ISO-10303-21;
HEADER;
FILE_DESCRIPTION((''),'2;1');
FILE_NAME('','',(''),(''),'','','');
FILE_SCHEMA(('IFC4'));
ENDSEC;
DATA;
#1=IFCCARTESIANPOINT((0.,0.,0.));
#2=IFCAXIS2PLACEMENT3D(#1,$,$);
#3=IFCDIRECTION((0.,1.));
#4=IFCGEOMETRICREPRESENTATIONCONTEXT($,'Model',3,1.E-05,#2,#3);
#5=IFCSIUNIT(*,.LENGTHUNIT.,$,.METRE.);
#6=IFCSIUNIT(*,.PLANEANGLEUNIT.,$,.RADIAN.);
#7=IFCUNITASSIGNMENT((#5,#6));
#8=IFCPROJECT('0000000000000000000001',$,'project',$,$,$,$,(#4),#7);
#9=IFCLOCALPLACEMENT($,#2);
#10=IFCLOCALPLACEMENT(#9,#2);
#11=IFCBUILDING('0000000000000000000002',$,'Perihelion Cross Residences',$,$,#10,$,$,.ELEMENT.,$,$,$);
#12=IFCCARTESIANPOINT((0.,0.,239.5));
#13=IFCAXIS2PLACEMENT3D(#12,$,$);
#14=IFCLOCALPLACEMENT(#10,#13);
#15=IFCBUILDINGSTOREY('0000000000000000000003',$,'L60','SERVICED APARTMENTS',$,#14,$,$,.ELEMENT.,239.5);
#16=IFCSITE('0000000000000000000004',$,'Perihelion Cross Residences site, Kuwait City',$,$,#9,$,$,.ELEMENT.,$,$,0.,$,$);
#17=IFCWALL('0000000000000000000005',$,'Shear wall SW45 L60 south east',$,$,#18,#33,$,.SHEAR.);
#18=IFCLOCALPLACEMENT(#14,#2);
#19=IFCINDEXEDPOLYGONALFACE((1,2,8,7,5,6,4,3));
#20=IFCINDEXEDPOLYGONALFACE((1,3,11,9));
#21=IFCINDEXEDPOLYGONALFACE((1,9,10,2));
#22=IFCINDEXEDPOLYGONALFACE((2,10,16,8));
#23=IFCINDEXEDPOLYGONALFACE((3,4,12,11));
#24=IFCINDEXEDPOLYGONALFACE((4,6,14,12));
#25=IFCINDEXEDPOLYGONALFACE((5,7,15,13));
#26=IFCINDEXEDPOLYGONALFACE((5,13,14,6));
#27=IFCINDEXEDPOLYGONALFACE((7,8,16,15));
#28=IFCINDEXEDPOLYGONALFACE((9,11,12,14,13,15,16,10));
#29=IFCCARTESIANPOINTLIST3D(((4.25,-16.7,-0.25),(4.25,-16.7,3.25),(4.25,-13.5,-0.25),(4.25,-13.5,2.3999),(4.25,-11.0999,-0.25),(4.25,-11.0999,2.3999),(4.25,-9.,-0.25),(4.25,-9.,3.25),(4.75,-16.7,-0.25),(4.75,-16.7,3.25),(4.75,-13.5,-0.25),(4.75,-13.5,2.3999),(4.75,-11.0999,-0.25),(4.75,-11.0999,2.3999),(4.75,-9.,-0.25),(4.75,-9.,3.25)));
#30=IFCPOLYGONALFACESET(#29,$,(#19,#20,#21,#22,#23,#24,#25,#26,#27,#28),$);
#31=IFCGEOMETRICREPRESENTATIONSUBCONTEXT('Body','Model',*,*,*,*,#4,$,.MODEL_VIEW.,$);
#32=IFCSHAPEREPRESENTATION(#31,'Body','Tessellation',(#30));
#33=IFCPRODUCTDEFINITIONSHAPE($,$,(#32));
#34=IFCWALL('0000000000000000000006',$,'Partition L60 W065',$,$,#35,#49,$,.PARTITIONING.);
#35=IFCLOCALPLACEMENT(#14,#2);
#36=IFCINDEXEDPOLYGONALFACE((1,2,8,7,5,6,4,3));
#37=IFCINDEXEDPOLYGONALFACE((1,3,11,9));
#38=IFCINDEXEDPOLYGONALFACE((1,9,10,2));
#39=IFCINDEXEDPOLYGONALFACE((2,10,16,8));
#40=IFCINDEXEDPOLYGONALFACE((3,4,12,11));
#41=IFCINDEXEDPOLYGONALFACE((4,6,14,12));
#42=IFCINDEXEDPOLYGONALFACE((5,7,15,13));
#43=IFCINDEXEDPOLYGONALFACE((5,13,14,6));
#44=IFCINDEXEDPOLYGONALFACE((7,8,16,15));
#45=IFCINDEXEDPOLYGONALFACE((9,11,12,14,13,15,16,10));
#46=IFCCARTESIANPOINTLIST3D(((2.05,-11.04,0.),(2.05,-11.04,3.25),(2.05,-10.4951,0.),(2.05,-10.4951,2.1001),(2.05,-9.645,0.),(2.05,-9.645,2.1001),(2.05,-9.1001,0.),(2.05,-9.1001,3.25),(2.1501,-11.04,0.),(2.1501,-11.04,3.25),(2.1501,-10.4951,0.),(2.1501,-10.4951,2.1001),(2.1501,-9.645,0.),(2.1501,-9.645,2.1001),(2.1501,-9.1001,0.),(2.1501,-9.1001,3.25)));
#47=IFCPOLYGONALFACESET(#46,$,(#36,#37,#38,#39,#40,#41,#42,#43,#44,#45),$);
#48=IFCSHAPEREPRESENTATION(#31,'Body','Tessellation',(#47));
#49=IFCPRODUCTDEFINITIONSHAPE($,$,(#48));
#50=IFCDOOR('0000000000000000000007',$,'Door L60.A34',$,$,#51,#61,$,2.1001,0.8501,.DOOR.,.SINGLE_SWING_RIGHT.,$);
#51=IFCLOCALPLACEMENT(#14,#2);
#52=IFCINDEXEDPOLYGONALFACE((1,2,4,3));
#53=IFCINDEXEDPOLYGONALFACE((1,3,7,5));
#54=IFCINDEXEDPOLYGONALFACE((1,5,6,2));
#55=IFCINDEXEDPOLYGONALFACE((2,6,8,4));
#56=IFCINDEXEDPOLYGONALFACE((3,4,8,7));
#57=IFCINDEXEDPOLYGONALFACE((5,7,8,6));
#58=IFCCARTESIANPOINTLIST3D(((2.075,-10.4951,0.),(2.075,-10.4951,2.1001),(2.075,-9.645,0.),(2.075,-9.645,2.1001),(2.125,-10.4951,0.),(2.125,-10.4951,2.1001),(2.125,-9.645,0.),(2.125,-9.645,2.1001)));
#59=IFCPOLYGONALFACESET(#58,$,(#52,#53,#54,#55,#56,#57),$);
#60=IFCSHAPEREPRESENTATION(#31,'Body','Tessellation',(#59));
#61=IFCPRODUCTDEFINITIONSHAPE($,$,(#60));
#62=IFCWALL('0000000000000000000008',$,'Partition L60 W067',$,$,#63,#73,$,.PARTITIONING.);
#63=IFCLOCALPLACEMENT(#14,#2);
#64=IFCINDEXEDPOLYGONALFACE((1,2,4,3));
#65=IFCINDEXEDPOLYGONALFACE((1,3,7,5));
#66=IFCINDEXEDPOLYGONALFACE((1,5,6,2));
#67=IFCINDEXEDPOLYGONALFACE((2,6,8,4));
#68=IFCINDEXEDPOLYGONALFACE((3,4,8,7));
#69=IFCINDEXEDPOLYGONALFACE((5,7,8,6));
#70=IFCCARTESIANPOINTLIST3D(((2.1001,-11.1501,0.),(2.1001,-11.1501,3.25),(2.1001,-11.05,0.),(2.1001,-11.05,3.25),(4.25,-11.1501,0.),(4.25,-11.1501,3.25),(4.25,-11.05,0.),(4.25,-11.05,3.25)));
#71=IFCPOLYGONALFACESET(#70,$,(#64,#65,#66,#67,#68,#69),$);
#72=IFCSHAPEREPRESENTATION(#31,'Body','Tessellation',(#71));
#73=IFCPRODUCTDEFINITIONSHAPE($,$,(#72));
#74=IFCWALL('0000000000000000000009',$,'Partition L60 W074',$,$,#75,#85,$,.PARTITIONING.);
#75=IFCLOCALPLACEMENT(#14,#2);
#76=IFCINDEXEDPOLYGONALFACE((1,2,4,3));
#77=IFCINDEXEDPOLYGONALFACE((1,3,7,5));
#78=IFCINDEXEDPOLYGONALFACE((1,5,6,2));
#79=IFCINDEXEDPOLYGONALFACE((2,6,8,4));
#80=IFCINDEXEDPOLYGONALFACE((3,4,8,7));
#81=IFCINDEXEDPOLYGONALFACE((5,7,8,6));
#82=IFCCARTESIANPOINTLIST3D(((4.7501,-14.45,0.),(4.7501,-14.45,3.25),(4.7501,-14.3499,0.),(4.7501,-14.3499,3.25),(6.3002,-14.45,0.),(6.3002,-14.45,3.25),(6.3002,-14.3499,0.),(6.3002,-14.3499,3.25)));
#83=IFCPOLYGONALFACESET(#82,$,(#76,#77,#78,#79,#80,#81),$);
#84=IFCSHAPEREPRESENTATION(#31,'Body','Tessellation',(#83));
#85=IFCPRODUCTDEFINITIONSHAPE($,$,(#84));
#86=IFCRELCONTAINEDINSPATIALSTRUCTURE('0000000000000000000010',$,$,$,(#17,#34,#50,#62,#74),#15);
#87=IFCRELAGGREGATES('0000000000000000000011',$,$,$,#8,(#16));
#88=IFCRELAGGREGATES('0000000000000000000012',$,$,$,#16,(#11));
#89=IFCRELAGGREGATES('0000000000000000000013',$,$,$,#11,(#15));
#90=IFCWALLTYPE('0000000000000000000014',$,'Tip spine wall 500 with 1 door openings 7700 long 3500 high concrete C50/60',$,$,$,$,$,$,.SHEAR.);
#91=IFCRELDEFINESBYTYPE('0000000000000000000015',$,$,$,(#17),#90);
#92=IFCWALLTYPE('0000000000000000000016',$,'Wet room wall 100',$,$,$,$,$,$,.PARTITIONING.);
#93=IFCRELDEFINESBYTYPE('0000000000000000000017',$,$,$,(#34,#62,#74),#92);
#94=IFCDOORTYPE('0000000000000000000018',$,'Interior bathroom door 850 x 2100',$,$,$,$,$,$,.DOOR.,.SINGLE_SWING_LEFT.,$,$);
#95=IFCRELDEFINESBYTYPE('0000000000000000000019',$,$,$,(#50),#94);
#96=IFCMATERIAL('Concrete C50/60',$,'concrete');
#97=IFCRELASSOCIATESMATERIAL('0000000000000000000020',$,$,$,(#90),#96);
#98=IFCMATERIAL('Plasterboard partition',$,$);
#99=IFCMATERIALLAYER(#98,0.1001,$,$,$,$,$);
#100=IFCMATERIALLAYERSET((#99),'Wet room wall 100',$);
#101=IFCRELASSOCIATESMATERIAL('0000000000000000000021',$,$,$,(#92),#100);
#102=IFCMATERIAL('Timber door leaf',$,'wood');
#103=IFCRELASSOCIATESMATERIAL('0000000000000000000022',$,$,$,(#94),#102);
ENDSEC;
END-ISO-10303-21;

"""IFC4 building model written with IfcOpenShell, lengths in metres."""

from ifc_helpers import new_model, si_unit, direction, frame, frame_2d, origin, place, context, subcontext, project, spatial, polyline, rectangle, outline, extrude, material, layer, layer_set, material_profile, profile_set, type_object, element, fill, save


model = new_model("IFC4")

# Units and contexts
model_context = context("Model", 3, precision=1e-05, world=origin(), true_north=direction((0.0, 1.0)))
body_context = subcontext(model_context, "Body", "Model", "MODEL_VIEW")
ifc_project = project(units=[si_unit("LENGTHUNIT", "METRE"), si_unit("PLANEANGLEUNIT", "RADIAN")], contexts=[model_context])

# Site, building, storey
site_placement = place(None, origin())
site = spatial("IfcSite", under=ifc_project, at=site_placement, Name="Perihelion Cross Residences site, Kuwait City", CompositionType="ELEMENT", RefElevation=0.0)
building_placement = place(site_placement, origin())
building = spatial("IfcBuilding", under=site, at=building_placement, Name="Perihelion Cross Residences", CompositionType="ELEMENT")
storey_placement = place(building_placement, frame((0.0, 0.0, 239.5)))
storey = spatial("IfcBuildingStorey", under=building, at=storey_placement, Name="L60", Description="SERVICED APARTMENTS", CompositionType="ELEMENT", Elevation=239.5)

# Wall
ifc_material_1 = material(Name="Concrete C50/60", Category="concrete")
ifc_material_profile_1 = material_profile(ifc_material_1, outline(polyline([(0.0, 0.0), (3.2, 0.0), (3.2, 2.6499), (5.6001, 2.6499), (5.6001, 0.0), (7.7, 0.0), (7.7, 3.5), (0.0, 3.5), (0.0, 0.0)])), Name="Tip spine wall")
ifc_profile_set_1 = profile_set([ifc_material_profile_1], Name="Concrete C50/60")
wall_type_1 = type_object("IfcWallType", Name="Tip spine wall 500 with 1 door openings 7700 long 3500 high concrete C50/60", PredefinedType="SHEAR", material=ifc_profile_set_1)
wall_1_placement = place(storey_placement, frame((4.25, -16.7, -0.25), z_axis=(1.0, 0.0, 0.0), x_axis=(0.0, 1.0, 0.0)))
element("IfcWall", 1, at=wall_1_placement, inside=storey, type_object=wall_type_1, Name="Shear wall SW45 L60 south east", PredefinedType="SHEAR", context=body_context, shape_type="SweptSolid", body=[
    extrude(outline(polyline([(0.0, 0.0), (3.2, 0.0), (3.2, 2.6499), (5.6001, 2.6499), (5.6001, 0.0), (7.7, 0.0), (7.7, 3.5), (0.0, 3.5), (0.0, 0.0)])), origin(), (0.0, 0.0, 1.0), 0.5),
])

# Wall, opening, door
ifc_material_2 = material(Name="Plasterboard partition")
ifc_layer_1 = layer(ifc_material_2, 0.1001)
ifc_layer_set_1 = layer_set([ifc_layer_1], Name="Wet room wall 100")
wall_type_2 = type_object("IfcWallType", Name="Wet room wall 100", PredefinedType="PARTITIONING", material=ifc_layer_set_1)
wall_2_placement = place(storey_placement, frame((2.1001, -9.1001, 0.0), z_axis=(0.0, 0.0, 1.0), x_axis=(0.0, -1.0, 0.0)))
wall_2 = element("IfcWall", 2, at=wall_2_placement, inside=storey, type_object=wall_type_2, Name="Partition L60 W065", PredefinedType="PARTITIONING", context=body_context, shape_type="SweptSolid", body=[
    extrude(rectangle(XDim=1.9399, YDim=0.1001, at=frame_2d((0.97, 0.0))), origin(), (0.0, 0.0, 1.0), 3.25),
])
opening_1_placement = place(wall_2_placement, frame((0.5449, 0.0, 0.0)))
opening_1 = element("IfcOpeningElement", 3, at=opening_1_placement, cuts=wall_2, PredefinedType="OPENING", context=body_context, shape_type="SweptSolid", body=[
    extrude(rectangle(XDim=0.8501, YDim=2.1001, at=frame_2d((0.425, 1.05))), frame((0.0, 0.0601, 0.0), z_axis=(0.0, -1.0, 0.0), x_axis=(1.0, 0.0, 0.0)), (0.0, 0.0, 1.0), 0.1201),
])
ifc_material_3 = material(Name="Timber door leaf", Category="wood")
door_type_1 = type_object("IfcDoorType", Name="Interior bathroom door 850 x 2100", OperationType="SINGLE_SWING_LEFT", PredefinedType="DOOR", material=ifc_material_3)
door_1_placement = place(opening_1_placement, origin())
door_1 = element("IfcDoor", 4, at=door_1_placement, inside=storey, type_object=door_type_1, Name="Door L60.A34", OperationType="SINGLE_SWING_RIGHT", OverallHeight=2.1001, OverallWidth=0.8501, PredefinedType="DOOR", context=body_context, shape_type="SweptSolid", body=[
    extrude(rectangle(XDim=0.8501, YDim=2.1001, at=frame_2d((0.425, 1.05))), frame((0.0, 0.0249, 0.0), z_axis=(0.0, -1.0, 0.0), x_axis=(1.0, 0.0, 0.0)), (0.0, 0.0, 1.0), 0.05),
])
fill(opening_1, door_1)

# Walls
wall_3_placement = place(storey_placement, frame((4.25, -11.1001, 0.0), z_axis=(0.0, 0.0, 1.0), x_axis=(-1.0, 0.0, 0.0)))
element("IfcWall", 5, at=wall_3_placement, inside=storey, type_object=wall_type_2, Name="Partition L60 W067", PredefinedType="PARTITIONING", context=body_context, shape_type="SweptSolid", body=[
    extrude(rectangle(XDim=2.1499, YDim=0.1001, at=frame_2d((1.075, 0.0))), origin(), (0.0, 0.0, 1.0), 3.25),
])
wall_4_placement = place(storey_placement, frame((6.3, -14.3999, 0.0), z_axis=(0.0, 0.0, 1.0), x_axis=(-1.0, 0.0, 0.0)))
element("IfcWall", 6, at=wall_4_placement, inside=storey, type_object=wall_type_2, Name="Partition L60 W074", PredefinedType="PARTITIONING", context=body_context, shape_type="SweptSolid", body=[
    extrude(rectangle(XDim=1.55, YDim=0.1001, at=frame_2d((0.7749, 0.0))), origin(), (0.0, 0.0, 1.0), 3.25),
])

save(model, "model.ifc")
